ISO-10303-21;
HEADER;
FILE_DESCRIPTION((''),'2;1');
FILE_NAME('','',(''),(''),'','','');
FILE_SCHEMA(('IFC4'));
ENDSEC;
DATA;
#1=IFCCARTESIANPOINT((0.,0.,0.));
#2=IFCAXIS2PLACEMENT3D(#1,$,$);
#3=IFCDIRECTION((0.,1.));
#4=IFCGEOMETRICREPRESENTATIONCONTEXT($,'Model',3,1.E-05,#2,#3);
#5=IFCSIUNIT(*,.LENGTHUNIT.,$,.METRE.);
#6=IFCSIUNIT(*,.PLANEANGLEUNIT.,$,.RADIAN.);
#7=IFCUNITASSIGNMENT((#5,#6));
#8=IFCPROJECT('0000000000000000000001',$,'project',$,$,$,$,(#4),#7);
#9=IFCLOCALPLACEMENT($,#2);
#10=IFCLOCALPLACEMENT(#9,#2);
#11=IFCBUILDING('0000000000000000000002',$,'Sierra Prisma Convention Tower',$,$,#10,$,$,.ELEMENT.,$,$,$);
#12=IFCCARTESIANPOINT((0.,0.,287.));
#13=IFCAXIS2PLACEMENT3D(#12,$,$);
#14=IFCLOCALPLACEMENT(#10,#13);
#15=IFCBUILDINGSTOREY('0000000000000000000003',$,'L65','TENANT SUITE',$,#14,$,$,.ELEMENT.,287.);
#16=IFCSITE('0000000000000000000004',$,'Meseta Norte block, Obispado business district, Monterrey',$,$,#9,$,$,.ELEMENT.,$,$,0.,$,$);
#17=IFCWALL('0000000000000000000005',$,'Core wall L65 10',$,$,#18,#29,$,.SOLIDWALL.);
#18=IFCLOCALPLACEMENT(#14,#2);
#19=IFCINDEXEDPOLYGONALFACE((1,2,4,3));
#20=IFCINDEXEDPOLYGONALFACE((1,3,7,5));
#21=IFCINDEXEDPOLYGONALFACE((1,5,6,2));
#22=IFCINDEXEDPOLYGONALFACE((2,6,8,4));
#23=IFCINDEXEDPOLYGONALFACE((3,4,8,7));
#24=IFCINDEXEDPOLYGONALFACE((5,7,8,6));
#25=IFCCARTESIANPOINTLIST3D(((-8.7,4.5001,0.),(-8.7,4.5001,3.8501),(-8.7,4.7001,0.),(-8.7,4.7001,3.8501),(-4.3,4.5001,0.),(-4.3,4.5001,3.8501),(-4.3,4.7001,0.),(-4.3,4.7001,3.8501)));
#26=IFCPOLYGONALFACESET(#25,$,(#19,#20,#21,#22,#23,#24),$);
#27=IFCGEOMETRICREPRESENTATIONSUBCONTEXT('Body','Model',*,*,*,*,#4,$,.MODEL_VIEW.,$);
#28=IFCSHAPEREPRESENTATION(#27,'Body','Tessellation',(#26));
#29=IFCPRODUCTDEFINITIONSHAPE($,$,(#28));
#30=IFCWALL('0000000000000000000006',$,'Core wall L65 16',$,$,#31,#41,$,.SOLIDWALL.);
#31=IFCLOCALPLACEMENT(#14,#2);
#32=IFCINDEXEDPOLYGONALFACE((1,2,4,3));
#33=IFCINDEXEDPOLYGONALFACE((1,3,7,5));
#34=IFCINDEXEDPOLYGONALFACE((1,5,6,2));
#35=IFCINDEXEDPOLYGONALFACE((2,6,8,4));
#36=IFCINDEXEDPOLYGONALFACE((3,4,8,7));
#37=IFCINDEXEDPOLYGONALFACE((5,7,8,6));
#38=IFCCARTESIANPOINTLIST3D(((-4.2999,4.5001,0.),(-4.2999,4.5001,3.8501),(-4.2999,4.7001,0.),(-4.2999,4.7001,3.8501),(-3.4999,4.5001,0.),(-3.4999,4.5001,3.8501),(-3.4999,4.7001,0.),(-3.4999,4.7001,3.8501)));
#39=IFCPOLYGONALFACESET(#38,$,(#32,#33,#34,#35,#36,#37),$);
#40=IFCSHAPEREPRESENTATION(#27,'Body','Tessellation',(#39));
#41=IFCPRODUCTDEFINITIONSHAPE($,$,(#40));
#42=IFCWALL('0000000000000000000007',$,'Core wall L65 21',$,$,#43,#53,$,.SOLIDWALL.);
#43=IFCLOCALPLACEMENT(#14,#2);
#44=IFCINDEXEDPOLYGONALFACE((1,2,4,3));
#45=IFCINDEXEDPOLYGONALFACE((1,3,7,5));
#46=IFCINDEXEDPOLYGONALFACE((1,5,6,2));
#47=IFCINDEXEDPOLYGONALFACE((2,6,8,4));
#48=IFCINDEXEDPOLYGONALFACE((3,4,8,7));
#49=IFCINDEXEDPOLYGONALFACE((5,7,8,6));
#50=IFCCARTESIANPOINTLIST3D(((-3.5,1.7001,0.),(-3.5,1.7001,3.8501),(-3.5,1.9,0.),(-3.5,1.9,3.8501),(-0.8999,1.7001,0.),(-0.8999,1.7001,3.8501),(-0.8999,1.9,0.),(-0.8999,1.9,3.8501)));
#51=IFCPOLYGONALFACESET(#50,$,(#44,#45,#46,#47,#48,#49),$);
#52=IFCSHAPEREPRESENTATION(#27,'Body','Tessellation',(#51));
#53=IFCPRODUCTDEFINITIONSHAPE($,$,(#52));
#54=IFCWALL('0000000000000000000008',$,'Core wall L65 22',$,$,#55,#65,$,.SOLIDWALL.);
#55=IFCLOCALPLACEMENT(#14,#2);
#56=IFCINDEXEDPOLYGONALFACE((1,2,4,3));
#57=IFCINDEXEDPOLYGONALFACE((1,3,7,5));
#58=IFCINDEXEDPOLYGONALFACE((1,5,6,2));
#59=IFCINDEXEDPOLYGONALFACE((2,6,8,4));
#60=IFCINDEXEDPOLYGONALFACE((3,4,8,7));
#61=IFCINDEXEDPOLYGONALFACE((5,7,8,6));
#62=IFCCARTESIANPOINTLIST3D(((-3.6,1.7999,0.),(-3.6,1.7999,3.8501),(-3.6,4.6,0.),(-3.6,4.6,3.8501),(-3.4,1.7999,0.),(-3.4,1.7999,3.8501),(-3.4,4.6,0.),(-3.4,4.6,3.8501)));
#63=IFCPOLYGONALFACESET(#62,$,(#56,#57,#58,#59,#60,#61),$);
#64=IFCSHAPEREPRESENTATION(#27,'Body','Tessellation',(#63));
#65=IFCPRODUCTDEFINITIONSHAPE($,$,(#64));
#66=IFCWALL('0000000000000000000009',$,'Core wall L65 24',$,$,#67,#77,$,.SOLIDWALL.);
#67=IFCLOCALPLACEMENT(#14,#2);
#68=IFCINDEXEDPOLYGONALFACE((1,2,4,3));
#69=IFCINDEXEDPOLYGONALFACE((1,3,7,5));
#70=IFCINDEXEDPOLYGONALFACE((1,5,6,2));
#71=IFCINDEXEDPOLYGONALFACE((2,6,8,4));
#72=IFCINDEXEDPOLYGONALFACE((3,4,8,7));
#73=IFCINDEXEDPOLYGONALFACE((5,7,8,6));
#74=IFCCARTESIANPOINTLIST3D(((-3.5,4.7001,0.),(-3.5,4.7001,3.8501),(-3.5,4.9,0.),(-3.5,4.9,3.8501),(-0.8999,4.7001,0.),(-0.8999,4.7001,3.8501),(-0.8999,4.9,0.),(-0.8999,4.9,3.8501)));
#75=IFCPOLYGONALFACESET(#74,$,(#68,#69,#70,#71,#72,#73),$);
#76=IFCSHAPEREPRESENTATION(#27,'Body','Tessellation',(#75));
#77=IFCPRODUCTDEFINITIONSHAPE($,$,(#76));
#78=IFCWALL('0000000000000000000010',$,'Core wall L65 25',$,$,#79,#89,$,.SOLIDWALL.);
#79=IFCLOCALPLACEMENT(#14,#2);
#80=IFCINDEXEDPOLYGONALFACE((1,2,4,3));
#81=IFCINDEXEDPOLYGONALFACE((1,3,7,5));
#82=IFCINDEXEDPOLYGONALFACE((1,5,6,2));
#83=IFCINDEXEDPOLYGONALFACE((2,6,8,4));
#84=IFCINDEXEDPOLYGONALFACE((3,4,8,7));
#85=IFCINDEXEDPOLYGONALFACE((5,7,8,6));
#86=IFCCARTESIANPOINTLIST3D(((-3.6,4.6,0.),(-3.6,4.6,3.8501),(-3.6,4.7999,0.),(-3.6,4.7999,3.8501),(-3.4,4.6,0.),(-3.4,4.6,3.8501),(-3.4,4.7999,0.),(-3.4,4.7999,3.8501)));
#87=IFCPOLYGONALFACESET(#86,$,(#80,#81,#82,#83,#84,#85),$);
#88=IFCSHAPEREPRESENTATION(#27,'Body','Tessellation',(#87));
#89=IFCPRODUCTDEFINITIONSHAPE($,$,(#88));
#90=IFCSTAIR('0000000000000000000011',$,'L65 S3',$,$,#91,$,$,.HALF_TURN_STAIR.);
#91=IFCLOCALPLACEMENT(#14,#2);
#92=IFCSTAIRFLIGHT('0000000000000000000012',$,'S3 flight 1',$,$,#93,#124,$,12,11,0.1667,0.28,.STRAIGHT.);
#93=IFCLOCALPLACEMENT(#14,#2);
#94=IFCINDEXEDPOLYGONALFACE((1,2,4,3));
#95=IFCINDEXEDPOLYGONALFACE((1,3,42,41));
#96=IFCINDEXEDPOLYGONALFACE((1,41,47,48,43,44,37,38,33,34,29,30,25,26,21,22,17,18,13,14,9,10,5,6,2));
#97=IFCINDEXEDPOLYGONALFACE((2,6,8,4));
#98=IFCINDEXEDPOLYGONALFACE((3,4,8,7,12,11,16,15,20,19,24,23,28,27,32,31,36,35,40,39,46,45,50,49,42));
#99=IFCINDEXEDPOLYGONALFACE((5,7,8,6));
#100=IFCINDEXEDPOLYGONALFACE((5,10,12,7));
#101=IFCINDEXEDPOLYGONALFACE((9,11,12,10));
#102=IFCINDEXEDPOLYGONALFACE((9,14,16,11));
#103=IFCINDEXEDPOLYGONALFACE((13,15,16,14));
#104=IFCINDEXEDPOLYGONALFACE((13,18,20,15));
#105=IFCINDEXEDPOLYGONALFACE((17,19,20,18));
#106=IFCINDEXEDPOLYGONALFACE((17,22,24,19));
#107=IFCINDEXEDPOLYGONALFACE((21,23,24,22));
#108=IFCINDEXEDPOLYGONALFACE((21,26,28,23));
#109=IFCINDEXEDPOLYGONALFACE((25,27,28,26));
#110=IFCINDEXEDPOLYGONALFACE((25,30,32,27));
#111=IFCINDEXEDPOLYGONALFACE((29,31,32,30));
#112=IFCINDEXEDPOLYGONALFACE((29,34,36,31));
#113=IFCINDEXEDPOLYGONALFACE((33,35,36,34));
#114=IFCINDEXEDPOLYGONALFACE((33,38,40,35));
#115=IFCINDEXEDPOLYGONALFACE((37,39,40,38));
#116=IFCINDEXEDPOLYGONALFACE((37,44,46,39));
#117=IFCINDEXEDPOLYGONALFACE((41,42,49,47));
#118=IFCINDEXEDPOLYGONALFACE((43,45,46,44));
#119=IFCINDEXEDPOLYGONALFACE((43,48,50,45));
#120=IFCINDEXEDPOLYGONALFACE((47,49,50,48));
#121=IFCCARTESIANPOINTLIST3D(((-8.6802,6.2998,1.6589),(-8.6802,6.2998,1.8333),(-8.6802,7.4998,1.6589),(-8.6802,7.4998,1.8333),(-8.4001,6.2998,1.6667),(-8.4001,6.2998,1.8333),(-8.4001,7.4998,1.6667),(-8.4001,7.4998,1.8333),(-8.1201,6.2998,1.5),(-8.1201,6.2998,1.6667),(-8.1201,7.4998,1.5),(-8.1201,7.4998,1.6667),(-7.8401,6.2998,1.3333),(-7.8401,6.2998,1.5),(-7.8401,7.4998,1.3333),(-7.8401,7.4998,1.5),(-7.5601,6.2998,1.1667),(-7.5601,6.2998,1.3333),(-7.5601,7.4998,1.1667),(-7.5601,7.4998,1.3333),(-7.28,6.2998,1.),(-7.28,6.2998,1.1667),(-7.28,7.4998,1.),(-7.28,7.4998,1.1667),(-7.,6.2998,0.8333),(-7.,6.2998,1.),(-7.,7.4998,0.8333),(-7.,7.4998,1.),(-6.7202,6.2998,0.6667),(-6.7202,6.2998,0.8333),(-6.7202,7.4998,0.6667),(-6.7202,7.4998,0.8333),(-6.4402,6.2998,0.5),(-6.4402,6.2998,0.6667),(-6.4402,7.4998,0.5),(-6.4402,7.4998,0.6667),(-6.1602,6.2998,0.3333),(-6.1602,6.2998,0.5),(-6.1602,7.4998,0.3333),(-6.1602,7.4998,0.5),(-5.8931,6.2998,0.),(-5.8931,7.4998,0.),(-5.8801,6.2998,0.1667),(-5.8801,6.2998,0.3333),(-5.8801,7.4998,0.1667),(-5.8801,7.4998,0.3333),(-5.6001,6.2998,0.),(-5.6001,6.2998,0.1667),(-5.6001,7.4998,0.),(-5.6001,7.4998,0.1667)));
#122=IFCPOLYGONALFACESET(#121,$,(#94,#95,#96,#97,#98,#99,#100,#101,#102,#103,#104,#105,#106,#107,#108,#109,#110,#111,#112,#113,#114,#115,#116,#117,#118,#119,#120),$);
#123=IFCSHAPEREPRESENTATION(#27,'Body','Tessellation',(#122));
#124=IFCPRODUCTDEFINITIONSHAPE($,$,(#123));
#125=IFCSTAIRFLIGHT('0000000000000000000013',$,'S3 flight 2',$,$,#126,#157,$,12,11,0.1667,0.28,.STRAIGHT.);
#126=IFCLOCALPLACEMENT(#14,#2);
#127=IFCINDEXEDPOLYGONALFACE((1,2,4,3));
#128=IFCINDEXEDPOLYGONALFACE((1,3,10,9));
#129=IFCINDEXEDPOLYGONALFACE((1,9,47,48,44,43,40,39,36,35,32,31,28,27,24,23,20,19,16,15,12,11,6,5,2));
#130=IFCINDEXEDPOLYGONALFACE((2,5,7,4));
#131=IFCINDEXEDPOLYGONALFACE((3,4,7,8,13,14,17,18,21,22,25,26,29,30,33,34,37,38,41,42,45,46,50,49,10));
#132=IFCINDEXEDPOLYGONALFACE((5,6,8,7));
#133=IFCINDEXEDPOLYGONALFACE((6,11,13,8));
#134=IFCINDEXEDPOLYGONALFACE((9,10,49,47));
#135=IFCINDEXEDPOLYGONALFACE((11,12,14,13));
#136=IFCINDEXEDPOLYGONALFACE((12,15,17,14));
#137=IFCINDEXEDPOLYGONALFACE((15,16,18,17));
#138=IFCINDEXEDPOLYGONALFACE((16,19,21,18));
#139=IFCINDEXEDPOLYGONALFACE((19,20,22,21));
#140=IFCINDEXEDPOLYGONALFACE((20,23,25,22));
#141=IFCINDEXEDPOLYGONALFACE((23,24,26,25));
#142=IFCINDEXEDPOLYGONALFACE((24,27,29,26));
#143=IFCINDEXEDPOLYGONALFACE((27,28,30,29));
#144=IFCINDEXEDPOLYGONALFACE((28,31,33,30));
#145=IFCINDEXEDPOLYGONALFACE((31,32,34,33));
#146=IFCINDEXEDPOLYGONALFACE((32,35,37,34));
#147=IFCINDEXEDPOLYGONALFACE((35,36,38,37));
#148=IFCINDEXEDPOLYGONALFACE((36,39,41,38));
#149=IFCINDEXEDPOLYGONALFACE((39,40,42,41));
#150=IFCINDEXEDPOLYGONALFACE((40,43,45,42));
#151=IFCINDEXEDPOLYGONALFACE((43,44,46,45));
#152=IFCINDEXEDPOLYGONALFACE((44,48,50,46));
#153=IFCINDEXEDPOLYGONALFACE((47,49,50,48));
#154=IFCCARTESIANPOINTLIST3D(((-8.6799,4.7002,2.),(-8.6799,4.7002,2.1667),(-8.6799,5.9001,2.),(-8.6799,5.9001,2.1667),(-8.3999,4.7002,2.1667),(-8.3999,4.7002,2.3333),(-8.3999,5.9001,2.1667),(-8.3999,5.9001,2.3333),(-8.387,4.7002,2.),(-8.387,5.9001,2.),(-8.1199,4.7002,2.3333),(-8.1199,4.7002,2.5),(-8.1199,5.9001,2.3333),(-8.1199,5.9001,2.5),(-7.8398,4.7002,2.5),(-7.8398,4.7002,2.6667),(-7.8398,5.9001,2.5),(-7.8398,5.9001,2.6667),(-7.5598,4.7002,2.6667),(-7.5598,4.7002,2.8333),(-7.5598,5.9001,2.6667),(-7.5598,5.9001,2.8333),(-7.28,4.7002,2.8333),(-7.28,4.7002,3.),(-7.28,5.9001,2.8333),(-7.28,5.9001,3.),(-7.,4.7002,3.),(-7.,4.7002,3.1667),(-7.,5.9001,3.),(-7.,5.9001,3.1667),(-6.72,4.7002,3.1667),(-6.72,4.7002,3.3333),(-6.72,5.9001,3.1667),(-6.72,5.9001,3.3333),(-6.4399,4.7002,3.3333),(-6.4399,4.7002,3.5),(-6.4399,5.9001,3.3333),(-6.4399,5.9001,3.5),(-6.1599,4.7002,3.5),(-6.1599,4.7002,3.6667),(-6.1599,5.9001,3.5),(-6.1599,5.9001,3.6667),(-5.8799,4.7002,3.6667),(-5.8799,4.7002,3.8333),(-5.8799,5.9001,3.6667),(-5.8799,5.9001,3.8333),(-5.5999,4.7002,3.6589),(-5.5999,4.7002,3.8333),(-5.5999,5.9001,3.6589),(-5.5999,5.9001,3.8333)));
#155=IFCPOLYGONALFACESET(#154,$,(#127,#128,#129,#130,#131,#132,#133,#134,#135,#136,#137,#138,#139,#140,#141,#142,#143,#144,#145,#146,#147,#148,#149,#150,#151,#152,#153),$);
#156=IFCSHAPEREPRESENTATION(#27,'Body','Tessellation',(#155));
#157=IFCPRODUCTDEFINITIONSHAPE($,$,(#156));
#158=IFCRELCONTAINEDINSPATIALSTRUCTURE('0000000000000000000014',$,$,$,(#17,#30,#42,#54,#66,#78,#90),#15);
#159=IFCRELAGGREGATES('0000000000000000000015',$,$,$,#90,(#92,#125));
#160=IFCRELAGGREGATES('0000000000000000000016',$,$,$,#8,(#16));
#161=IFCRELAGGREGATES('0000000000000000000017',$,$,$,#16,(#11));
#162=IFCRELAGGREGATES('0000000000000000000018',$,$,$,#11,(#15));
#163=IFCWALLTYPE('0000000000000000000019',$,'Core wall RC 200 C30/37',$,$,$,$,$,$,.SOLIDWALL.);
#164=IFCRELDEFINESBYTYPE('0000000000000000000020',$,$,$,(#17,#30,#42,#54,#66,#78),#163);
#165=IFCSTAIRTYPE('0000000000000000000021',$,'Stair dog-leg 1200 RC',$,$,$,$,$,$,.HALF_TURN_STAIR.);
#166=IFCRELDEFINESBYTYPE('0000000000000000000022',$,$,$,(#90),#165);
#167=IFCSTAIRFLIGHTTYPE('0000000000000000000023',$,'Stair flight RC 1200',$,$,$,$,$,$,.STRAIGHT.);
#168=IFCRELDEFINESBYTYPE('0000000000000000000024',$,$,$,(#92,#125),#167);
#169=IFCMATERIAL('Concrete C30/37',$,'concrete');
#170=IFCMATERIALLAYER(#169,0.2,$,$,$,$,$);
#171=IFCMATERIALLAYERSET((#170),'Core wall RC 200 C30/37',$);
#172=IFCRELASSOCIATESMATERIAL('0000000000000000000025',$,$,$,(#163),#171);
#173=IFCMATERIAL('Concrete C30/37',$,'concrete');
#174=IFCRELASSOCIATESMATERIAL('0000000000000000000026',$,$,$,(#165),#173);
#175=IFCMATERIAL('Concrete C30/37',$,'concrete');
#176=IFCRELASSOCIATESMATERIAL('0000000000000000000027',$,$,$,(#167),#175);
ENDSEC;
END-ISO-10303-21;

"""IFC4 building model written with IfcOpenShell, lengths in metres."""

from ifc_helpers import new_model, si_unit, direction, frame, frame_2d, origin, place, context, subcontext, project, spatial, polyline, rectangle, outline, extrude, material, layer, layer_set, type_object, element, aggregate, save


model = new_model("IFC4")

# Units and contexts
model_context = context("Model", 3, precision=1e-05, world=origin(), true_north=direction((0.0, 1.0)))
body_context = subcontext(model_context, "Body", "Model", "MODEL_VIEW")
ifc_project = project(units=[si_unit("LENGTHUNIT", "METRE"), si_unit("PLANEANGLEUNIT", "RADIAN")], contexts=[model_context])

# Site, building, storey
site_placement = place(None, origin())
site = spatial("IfcSite", under=ifc_project, at=site_placement, Name="Meseta Norte block, Obispado business district, Monterrey", CompositionType="ELEMENT", RefElevation=0.0)
building_placement = place(site_placement, origin())
building = spatial("IfcBuilding", under=site, at=building_placement, Name="Sierra Prisma Convention Tower", CompositionType="ELEMENT")
storey_placement = place(building_placement, frame((0.0, 0.0, 287.0)))
storey = spatial("IfcBuildingStorey", under=building, at=storey_placement, Name="L65", Description="TENANT SUITE", CompositionType="ELEMENT", Elevation=287.0)

# Wall
ifc_material_1 = material(Name="Concrete C30/37", Category="concrete")
ifc_layer_1 = layer(ifc_material_1, 0.2)
ifc_layer_set_1 = layer_set([ifc_layer_1], Name="Core wall RC 200 C30/37")
wall_type = type_object("IfcWallType", Name="Core wall RC 200 C30/37", PredefinedType="SOLIDWALL", material=ifc_layer_set_1)
wall_1_placement = place(storey_placement, frame((-4.3, 4.6001, 0.0), z_axis=(0.0, 0.0, 1.0), x_axis=(-1.0, 0.0, 0.0)))
element("IfcWall", 1, at=wall_1_placement, inside=storey, type_object=wall_type, Name="Core wall L65 10", PredefinedType="SOLIDWALL", context=body_context, shape_type="SweptSolid", body=[
    extrude(rectangle(XDim=4.3999, YDim=0.2, at=frame_2d((2.2, 0.0))), origin(), (0.0, 0.0, 1.0), 3.8501),
])

# Wall
wall_2_placement = place(storey_placement, frame((-3.5, 4.6001, 0.0), z_axis=(0.0, 0.0, 1.0), x_axis=(-1.0, 0.0, 0.0)))
element("IfcWall", 2, at=wall_2_placement, inside=storey, type_object=wall_type, Name="Core wall L65 16", PredefinedType="SOLIDWALL", context=body_context, shape_type="SweptSolid", body=[
    extrude(rectangle(XDim=0.8, YDim=0.2, at=frame_2d((0.3999, 0.0))), origin(), (0.0, 0.0, 1.0), 3.8501),
])

# Walls
wall_3_placement = place(storey_placement, frame((-0.8999, 1.8, 0.0), z_axis=(0.0, 0.0, 1.0), x_axis=(-1.0, 0.0, 0.0)))
element("IfcWall", 3, at=wall_3_placement, inside=storey, type_object=wall_type, Name="Core wall L65 21", PredefinedType="SOLIDWALL", context=body_context, shape_type="SweptSolid", body=[
    extrude(rectangle(XDim=2.6001, YDim=0.2, at=frame_2d((1.3, 0.0))), origin(), (0.0, 0.0, 1.0), 3.8501),
])
wall_4_placement = place(storey_placement, frame((-3.5, 1.8, 0.0), z_axis=(0.0, 0.0, 1.0), x_axis=(0.0, 1.0, 0.0)))
element("IfcWall", 4, at=wall_4_placement, inside=storey, type_object=wall_type, Name="Core wall L65 22", PredefinedType="SOLIDWALL", context=body_context, shape_type="SweptSolid", body=[
    extrude(rectangle(XDim=2.8, YDim=0.2, at=frame_2d((1.3999, 0.0))), origin(), (0.0, 0.0, 1.0), 3.8501),
])

# Walls
wall_5_placement = place(storey_placement, frame((-0.8999, 4.8, 0.0), z_axis=(0.0, 0.0, 1.0), x_axis=(-1.0, 0.0, 0.0)))
element("IfcWall", 5, at=wall_5_placement, inside=storey, type_object=wall_type, Name="Core wall L65 24", PredefinedType="SOLIDWALL", context=body_context, shape_type="SweptSolid", body=[
    extrude(rectangle(XDim=2.6001, YDim=0.2, at=frame_2d((1.3, 0.0))), origin(), (0.0, 0.0, 1.0), 3.8501),
])
wall_6_placement = place(storey_placement, frame((-3.5, 4.8, 0.0), z_axis=(0.0, 0.0, 1.0), x_axis=(0.0, -1.0, 0.0)))
element("IfcWall", 6, at=wall_6_placement, inside=storey, type_object=wall_type, Name="Core wall L65 25", PredefinedType="SOLIDWALL", context=body_context, shape_type="SweptSolid", body=[
    extrude(rectangle(XDim=0.2, YDim=0.2, at=frame_2d((0.1001, 0.0))), origin(), (0.0, 0.0, 1.0), 3.8501),
])

# Stair, stair flights
ifc_material_2 = material(Name="Concrete C30/37", Category="concrete")
stair_type = type_object("IfcStairType", Name="Stair dog-leg 1200 RC", PredefinedType="HALF_TURN_STAIR", material=ifc_material_2)
stair_placement = place(storey_placement, origin())
stair = element("IfcStair", 7, at=stair_placement, inside=storey, type_object=stair_type, Name="L65 S3", PredefinedType="HALF_TURN_STAIR")
ifc_material_3 = material(Name="Concrete C30/37", Category="concrete")
stair_flight_type = type_object("IfcStairFlightType", Name="Stair flight RC 1200", PredefinedType="STRAIGHT", material=ifc_material_3)
stair_flight_1_placement = place(storey_placement, frame((-5.6001, 6.8999, 0.0), z_axis=(0.0, 0.0, 1.0), x_axis=(-1.0, 0.0, 0.0)))
stair_flight_1 = element("IfcStairFlight", 8, at=stair_flight_1_placement, type_object=stair_flight_type, Name="S3 flight 1", NumberOfRisers=12, NumberOfTreads=11, PredefinedType="STRAIGHT", RiserHeight=0.1667, TreadLength=0.28, context=body_context, shape_type="SweptSolid", body=[
    extrude(outline(polyline([(0.0, 0.0), (0.0, 0.1667), (0.28, 0.1667), (0.28, 0.3333), (0.5601, 0.3333), (0.5601, 0.5), (0.8401, 0.5), (0.8401, 0.6667), (1.1201, 0.6667), (1.1201, 0.8333), (1.3999, 0.8333), (1.3999, 1.0), (1.6799, 1.0), (1.6799, 1.1667), (1.96, 1.1667), (1.96, 1.3333), (2.24, 1.3333), (2.24, 1.5), (2.52, 1.5), (2.52, 1.6667), (2.8, 1.6667), (2.8, 1.8333), (3.0801, 1.8333), (3.0801, 2.0), (3.0801, 1.6589), (0.293, 0.0), (0.0, 0.0)])), frame((0.0, 0.6001, 0.0), z_axis=(0.0, -1.0, 0.0), x_axis=(1.0, 0.0, 0.0)), (0.0, 0.0, 1.0), 1.2),
])
stair_flight_2_placement = place(storey_placement, frame((-8.6799, 5.3, 2.0), z_axis=(0.0, 0.0, 1.0), x_axis=(1.0, 0.0, 0.0)))
stair_flight_2 = element("IfcStairFlight", 9, at=stair_flight_2_placement, type_object=stair_flight_type, Name="S3 flight 2", NumberOfRisers=12, NumberOfTreads=11, PredefinedType="STRAIGHT", RiserHeight=0.1667, TreadLength=0.28, context=body_context, shape_type="SweptSolid", body=[
    extrude(outline(polyline([(0.0, 0.0), (0.0, 0.1667), (0.28, 0.1667), (0.28, 0.3333), (0.5601, 0.3333), (0.5601, 0.5), (0.8401, 0.5), (0.8401, 0.6667), (1.1201, 0.6667), (1.1201, 0.8333), (1.3999, 0.8333), (1.3999, 1.0), (1.6799, 1.0), (1.6799, 1.1667), (1.96, 1.1667), (1.96, 1.3333), (2.24, 1.3333), (2.24, 1.5), (2.52, 1.5), (2.52, 1.6667), (2.8, 1.6667), (2.8, 1.8333), (3.0801, 1.8333), (3.0801, 2.0), (3.0801, 1.6589), (0.293, 0.0), (0.0, 0.0)])), frame((0.0, 0.6001, 0.0), z_axis=(0.0, -1.0, 0.0), x_axis=(1.0, 0.0, 0.0)), (0.0, 0.0, 1.0), 1.2),
])
aggregate(stair, [stair_flight_1, stair_flight_2])

save(model, "model.ifc")
